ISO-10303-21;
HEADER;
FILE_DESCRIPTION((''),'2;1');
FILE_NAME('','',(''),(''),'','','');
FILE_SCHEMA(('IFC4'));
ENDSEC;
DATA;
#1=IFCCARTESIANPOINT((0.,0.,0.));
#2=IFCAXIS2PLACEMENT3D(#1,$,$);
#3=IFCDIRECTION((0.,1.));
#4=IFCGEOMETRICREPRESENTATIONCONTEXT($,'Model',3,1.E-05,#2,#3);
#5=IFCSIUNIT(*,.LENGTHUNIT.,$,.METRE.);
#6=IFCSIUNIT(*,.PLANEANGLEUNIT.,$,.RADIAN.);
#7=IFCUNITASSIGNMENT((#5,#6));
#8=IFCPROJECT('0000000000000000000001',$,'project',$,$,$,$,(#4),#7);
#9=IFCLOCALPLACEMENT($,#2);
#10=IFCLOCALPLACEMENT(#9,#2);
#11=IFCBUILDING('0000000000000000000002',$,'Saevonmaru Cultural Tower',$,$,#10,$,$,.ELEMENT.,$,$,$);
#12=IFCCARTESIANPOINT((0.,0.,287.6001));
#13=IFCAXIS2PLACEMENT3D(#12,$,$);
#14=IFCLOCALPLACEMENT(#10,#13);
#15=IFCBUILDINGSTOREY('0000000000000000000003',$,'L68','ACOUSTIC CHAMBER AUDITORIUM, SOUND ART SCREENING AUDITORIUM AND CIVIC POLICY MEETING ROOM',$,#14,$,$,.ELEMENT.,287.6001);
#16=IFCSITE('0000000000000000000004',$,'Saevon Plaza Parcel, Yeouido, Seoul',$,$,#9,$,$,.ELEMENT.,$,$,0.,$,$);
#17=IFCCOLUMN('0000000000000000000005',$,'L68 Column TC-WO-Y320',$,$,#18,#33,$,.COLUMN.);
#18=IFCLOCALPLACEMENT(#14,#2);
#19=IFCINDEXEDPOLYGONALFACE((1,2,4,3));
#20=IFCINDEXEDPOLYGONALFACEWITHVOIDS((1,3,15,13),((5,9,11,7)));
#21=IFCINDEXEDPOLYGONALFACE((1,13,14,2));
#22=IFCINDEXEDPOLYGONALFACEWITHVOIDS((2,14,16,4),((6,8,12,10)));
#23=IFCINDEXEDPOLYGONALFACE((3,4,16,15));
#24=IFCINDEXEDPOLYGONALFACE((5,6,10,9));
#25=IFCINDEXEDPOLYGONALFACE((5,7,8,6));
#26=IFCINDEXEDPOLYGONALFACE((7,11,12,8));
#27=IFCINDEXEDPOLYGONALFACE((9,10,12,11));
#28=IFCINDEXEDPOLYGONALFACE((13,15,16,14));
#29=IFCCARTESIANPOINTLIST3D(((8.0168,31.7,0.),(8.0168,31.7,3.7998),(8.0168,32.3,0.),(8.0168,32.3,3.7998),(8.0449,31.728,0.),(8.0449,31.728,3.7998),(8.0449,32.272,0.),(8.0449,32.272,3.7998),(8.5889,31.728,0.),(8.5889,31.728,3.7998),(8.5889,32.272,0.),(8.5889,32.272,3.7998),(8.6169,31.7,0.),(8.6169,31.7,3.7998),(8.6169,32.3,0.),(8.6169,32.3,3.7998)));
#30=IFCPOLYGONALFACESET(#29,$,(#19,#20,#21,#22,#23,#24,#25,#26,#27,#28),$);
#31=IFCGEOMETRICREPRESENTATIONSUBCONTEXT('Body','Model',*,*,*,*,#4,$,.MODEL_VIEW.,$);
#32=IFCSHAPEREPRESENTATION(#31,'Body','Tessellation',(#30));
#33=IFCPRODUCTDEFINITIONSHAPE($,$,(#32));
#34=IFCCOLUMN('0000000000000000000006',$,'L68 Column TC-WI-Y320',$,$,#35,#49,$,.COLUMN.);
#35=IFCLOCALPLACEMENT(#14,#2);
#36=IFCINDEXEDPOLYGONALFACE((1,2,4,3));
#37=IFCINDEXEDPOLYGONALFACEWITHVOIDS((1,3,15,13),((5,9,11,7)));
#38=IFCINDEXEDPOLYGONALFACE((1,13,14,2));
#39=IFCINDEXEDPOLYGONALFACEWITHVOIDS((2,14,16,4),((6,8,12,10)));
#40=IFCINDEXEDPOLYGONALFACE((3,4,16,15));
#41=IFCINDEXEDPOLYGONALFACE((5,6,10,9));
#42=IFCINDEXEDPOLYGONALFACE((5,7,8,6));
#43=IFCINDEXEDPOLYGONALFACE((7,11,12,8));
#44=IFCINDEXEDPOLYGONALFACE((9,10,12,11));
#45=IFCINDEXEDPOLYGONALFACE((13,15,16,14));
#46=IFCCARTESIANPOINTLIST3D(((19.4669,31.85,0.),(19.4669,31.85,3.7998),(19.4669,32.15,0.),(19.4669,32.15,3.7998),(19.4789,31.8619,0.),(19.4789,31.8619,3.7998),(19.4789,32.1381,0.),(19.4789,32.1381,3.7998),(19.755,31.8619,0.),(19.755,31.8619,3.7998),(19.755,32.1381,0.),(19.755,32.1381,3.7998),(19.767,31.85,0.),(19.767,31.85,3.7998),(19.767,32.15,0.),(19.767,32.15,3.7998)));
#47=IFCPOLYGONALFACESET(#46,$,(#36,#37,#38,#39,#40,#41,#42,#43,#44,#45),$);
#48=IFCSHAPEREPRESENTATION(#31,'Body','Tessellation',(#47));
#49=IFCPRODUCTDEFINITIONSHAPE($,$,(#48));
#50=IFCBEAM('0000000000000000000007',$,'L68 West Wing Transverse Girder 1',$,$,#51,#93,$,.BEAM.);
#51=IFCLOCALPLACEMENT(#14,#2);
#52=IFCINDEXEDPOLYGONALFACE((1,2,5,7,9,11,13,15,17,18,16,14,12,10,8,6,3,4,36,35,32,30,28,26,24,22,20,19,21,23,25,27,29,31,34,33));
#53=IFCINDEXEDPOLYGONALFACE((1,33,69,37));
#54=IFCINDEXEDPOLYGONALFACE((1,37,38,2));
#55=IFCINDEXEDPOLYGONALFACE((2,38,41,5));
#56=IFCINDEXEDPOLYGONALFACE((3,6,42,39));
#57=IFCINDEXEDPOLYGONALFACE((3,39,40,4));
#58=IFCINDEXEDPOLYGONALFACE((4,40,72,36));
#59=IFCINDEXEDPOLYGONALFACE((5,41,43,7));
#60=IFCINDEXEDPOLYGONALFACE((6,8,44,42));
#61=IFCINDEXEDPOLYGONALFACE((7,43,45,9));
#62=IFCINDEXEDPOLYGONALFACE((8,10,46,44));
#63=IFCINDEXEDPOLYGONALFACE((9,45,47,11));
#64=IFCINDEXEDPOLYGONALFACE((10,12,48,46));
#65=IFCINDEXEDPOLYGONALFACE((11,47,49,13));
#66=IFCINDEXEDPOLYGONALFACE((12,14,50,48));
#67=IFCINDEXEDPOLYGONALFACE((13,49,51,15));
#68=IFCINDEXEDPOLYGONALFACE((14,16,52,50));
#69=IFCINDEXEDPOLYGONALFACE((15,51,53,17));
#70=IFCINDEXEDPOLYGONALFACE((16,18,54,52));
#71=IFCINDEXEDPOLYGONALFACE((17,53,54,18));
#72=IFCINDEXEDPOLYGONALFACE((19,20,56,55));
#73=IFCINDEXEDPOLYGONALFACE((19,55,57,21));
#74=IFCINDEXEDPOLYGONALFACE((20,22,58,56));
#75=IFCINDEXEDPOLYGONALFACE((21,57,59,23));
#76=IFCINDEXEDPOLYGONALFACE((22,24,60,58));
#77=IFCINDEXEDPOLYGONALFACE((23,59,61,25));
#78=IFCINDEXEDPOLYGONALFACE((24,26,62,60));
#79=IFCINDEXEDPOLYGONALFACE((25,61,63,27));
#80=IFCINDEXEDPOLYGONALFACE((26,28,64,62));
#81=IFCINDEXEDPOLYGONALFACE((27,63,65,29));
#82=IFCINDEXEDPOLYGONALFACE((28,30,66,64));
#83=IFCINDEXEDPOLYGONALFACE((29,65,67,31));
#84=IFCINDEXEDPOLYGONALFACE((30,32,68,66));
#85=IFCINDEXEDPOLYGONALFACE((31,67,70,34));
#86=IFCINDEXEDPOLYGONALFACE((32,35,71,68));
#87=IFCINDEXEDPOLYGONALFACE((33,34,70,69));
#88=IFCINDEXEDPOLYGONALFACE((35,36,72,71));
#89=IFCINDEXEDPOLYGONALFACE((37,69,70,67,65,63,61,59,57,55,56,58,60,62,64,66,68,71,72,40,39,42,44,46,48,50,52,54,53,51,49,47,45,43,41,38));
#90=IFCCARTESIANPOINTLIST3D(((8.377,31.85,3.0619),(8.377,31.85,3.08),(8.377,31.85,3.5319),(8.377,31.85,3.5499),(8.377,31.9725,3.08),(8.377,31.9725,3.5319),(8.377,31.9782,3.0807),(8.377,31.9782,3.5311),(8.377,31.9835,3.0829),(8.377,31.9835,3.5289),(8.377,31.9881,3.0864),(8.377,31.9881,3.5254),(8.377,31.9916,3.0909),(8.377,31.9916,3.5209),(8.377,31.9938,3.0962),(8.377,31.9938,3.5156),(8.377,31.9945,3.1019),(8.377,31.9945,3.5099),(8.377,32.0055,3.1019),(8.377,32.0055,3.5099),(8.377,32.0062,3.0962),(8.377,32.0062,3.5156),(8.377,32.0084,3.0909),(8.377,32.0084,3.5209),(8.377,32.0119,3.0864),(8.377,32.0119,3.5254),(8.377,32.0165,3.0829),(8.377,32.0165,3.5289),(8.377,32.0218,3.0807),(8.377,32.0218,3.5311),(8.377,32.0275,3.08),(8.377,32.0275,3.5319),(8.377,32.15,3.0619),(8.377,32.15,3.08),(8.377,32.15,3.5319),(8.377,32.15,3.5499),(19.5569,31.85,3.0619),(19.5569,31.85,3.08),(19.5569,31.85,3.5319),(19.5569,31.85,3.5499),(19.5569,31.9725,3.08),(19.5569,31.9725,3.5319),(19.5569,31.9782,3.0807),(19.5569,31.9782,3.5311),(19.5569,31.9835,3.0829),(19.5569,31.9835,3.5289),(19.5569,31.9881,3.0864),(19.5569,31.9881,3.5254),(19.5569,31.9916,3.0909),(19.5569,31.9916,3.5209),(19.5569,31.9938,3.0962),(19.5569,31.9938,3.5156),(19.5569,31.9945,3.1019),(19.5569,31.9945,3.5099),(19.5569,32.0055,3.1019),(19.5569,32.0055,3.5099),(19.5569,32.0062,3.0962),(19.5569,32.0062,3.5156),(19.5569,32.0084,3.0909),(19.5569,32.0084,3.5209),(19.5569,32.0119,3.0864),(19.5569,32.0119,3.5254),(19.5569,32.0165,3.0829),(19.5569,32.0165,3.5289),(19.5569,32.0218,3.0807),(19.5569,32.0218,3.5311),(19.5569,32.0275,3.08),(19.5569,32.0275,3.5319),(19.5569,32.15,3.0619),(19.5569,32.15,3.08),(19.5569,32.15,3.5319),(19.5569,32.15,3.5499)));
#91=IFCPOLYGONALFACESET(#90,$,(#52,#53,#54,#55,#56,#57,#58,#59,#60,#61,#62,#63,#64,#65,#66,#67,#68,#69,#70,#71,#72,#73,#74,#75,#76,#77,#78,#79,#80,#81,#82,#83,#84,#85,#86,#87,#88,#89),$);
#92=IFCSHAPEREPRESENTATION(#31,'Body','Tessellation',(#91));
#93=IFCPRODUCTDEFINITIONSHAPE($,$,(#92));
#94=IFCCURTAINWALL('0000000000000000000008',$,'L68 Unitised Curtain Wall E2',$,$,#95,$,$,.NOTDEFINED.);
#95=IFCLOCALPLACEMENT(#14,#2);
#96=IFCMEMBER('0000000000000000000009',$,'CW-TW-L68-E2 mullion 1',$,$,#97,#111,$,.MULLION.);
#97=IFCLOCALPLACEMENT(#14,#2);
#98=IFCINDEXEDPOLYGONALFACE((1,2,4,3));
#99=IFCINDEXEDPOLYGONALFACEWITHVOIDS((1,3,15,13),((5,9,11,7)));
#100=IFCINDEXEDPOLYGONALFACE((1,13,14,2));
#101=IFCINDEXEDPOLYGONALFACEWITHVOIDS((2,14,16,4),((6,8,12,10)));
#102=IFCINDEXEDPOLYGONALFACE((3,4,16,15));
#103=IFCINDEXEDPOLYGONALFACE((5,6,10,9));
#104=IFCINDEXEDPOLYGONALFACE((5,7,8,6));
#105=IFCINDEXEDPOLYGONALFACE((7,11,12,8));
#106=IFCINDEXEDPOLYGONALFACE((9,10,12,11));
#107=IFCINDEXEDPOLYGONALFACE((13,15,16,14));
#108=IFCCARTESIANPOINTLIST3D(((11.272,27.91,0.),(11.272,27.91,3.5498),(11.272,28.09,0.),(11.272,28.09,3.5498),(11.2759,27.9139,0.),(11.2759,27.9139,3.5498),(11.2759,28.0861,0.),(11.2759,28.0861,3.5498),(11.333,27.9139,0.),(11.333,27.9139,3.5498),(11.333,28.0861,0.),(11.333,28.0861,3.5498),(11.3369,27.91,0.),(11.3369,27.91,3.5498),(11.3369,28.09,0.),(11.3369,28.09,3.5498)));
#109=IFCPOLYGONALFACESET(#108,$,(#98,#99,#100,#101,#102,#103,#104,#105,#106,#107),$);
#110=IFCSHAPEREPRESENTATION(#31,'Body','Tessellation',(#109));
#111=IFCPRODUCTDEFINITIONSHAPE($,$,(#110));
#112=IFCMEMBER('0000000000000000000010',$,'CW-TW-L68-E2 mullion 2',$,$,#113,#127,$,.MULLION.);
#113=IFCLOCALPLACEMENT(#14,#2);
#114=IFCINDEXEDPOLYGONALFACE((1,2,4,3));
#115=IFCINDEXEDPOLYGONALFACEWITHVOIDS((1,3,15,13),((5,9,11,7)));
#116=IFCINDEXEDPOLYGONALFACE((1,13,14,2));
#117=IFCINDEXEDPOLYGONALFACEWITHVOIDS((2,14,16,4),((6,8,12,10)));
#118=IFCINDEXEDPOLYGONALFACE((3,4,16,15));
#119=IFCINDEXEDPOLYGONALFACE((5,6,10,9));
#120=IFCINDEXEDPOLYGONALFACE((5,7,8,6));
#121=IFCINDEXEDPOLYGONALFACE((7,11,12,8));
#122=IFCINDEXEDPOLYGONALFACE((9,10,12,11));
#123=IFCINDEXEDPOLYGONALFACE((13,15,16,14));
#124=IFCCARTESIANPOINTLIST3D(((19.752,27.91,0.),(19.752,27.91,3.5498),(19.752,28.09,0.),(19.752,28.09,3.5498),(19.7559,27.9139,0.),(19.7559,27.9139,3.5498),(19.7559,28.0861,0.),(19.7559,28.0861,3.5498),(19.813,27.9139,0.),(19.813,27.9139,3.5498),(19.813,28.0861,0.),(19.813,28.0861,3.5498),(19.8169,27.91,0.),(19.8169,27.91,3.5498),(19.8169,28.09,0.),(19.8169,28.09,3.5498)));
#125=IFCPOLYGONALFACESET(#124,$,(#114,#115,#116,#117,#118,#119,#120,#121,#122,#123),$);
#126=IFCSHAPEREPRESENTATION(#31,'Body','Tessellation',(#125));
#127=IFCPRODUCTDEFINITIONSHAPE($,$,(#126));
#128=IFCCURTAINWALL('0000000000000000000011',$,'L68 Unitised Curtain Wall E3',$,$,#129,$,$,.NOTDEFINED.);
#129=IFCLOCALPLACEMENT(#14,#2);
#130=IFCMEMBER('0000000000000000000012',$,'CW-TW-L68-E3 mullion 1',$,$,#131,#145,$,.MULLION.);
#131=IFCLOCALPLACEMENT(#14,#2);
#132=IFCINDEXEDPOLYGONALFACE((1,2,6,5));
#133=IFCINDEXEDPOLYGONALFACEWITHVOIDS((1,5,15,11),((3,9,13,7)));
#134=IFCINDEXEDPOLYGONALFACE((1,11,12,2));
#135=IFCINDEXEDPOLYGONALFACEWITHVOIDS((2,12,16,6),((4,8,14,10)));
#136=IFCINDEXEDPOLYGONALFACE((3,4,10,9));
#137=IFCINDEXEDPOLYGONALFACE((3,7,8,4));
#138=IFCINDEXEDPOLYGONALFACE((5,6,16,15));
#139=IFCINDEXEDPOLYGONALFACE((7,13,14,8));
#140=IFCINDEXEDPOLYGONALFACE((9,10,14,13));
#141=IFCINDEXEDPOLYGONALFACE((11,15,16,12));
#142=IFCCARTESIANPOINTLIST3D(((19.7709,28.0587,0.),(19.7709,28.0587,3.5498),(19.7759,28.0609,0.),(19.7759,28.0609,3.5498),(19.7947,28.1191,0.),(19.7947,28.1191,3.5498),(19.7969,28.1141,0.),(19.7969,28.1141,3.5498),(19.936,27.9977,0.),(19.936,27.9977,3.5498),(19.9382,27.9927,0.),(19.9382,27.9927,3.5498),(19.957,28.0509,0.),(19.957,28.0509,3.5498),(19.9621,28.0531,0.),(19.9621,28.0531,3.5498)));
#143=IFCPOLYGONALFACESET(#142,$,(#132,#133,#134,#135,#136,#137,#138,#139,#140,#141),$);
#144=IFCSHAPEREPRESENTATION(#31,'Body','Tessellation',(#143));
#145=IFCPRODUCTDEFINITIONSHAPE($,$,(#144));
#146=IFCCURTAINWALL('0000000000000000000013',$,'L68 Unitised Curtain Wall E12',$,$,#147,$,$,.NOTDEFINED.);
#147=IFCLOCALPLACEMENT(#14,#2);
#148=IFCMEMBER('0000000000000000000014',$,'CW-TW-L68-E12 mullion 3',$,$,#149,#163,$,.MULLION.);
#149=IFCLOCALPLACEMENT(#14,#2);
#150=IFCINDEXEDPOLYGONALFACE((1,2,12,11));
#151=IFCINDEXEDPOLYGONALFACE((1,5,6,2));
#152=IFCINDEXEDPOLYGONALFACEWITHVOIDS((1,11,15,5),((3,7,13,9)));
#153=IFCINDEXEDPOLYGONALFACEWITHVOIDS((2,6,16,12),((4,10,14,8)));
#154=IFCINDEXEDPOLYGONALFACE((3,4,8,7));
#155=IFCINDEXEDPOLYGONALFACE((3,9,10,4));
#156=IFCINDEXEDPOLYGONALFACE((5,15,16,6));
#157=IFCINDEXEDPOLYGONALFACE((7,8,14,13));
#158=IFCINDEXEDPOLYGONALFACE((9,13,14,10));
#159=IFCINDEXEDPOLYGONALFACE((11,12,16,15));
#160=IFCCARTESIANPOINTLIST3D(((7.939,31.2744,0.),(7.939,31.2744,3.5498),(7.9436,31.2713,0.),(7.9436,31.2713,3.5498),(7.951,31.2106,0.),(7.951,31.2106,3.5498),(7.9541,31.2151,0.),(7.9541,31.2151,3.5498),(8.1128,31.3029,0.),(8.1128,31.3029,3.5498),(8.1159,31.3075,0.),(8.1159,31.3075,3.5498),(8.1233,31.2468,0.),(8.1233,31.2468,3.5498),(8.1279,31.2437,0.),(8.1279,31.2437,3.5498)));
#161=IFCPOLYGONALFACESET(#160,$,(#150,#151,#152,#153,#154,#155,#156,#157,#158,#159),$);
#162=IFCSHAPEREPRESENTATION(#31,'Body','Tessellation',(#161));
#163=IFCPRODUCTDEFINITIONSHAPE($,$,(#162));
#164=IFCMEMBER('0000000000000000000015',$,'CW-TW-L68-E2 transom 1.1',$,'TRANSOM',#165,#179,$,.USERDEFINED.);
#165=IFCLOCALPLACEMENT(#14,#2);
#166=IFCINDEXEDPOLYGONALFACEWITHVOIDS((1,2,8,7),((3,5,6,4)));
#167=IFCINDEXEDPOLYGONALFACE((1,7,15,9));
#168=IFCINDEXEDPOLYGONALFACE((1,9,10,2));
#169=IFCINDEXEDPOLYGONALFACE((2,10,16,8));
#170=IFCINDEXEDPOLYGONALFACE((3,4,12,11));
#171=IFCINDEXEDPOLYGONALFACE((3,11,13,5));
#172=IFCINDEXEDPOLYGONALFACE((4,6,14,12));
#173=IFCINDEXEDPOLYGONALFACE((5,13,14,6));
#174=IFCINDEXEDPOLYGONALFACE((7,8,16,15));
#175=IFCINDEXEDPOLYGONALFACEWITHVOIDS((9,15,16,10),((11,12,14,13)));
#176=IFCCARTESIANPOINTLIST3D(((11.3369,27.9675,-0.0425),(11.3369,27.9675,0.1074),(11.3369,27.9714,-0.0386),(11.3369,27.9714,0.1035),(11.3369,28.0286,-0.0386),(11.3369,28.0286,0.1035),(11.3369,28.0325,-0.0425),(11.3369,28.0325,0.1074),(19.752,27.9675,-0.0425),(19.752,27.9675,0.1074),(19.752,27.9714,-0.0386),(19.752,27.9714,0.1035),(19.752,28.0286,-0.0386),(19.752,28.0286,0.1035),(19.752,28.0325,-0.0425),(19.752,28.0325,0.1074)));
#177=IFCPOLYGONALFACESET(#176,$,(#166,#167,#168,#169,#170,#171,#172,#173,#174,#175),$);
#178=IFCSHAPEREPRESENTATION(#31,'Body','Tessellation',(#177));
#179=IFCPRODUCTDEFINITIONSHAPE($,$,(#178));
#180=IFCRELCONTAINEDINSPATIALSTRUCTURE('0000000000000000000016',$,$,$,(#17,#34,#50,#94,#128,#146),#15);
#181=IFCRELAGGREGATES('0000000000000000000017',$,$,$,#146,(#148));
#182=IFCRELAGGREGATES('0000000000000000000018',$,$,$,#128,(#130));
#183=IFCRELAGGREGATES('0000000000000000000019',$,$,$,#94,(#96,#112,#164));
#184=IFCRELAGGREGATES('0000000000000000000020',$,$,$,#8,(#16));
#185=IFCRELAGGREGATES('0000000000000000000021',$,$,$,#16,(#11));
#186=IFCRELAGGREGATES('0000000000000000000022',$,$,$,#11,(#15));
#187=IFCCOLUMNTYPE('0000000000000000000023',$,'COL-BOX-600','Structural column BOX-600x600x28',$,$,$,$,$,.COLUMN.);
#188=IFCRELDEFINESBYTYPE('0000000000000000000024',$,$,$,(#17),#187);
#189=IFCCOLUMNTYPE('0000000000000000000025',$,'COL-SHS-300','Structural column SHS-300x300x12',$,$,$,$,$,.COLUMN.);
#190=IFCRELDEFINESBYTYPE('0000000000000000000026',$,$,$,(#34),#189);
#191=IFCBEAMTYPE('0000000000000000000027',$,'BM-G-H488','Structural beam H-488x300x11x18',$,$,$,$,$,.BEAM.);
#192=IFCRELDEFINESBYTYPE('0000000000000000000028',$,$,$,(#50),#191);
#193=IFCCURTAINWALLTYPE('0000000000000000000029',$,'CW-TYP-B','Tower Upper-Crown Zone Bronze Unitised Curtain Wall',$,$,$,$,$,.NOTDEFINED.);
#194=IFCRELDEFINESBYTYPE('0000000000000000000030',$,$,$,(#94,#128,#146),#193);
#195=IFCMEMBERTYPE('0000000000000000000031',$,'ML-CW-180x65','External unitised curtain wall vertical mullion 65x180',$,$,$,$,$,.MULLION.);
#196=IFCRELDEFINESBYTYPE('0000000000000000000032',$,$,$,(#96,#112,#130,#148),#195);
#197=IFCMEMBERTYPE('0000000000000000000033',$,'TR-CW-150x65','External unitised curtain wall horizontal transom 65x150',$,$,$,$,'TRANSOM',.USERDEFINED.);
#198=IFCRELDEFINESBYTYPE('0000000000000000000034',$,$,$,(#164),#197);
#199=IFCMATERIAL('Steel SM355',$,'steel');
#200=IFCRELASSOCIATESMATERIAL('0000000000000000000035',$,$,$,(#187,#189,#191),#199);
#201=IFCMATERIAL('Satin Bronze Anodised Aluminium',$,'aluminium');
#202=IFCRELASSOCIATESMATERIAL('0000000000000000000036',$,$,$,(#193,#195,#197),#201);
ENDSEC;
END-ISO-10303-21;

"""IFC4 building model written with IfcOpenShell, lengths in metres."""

from ifc_helpers import new_model, si_unit, direction, frame, origin, origin_2d, place, context, subcontext, project, spatial, hollow_rectangle, i_section, extrude, material, material_profile, profile_set, type_object, element, aggregate, save


model = new_model("IFC4")

# Units and contexts
model_context = context("Model", 3, precision=1e-05, world=origin(), true_north=direction((0.0, 1.0)))
body_context = subcontext(model_context, "Body", "Model", "MODEL_VIEW")
ifc_project = project(units=[si_unit("LENGTHUNIT", "METRE"), si_unit("PLANEANGLEUNIT", "RADIAN")], contexts=[model_context])

# Site, building, storey
site_placement = place(None, origin())
site = spatial("IfcSite", under=ifc_project, at=site_placement, Name="Saevon Plaza Parcel, Yeouido, Seoul", CompositionType="ELEMENT", RefElevation=0.0)
building_placement = place(site_placement, origin())
building = spatial("IfcBuilding", under=site, at=building_placement, Name="Saevonmaru Cultural Tower", CompositionType="ELEMENT")
storey_placement = place(building_placement, frame((0.0, 0.0, 287.6001)))
storey = spatial("IfcBuildingStorey", under=building, at=storey_placement, Name="L68", Description="ACOUSTIC CHAMBER AUDITORIUM, SOUND ART SCREENING AUDITORIUM AND CIVIC POLICY MEETING ROOM", CompositionType="ELEMENT", Elevation=287.6001)

# Columns
ifc_material_1 = material(Name="Steel SM355", Category="steel")
ifc_material_profile_1 = material_profile(ifc_material_1, hollow_rectangle(XDim=0.6001, YDim=0.6001, WallThickness=0.0281, at=origin_2d()), Name="BOX-600x600x28")
ifc_profile_set_1 = profile_set([ifc_material_profile_1], Name="Steel SM355")
column_type_1 = type_object("IfcColumnType", Name="COL-BOX-600", Description="Structural column BOX-600x600x28", PredefinedType="COLUMN", material=ifc_profile_set_1)
column_1_placement = place(storey_placement, frame((8.3169, 32.0, 0.0), z_axis=(0.0, 0.0, 1.0), x_axis=(1.0, 0.0, 0.0)))
element("IfcColumn", 1, at=column_1_placement, inside=storey, type_object=column_type_1, Name="L68 Column TC-WO-Y320", PredefinedType="COLUMN", context=body_context, shape_type="SweptSolid", body=[
    extrude(hollow_rectangle(XDim=0.6001, YDim=0.6001, WallThickness=0.0281, at=origin_2d()), origin(), (0.0, 0.0, 1.0), 3.7998),
])
ifc_material_profile_2 = material_profile(ifc_material_1, hollow_rectangle(XDim=0.3, YDim=0.3, WallThickness=0.012, at=origin_2d()), Name="SHS-300x300x12")
ifc_profile_set_2 = profile_set([ifc_material_profile_2], Name="Steel SM355")
column_type_2 = type_object("IfcColumnType", Name="COL-SHS-300", Description="Structural column SHS-300x300x12", PredefinedType="COLUMN", material=ifc_profile_set_2)
column_2_placement = place(storey_placement, frame((19.6169, 32.0, 0.0), z_axis=(0.0, 0.0, 1.0), x_axis=(1.0, 0.0, 0.0)))
element("IfcColumn", 2, at=column_2_placement, inside=storey, type_object=column_type_2, Name="L68 Column TC-WI-Y320", PredefinedType="COLUMN", context=body_context, shape_type="SweptSolid", body=[
    extrude(hollow_rectangle(XDim=0.3, YDim=0.3, WallThickness=0.012, at=origin_2d()), origin(), (0.0, 0.0, 1.0), 3.7998),
])

# Beam
ifc_material_profile_3 = material_profile(ifc_material_1, i_section(OverallWidth=0.3, OverallDepth=0.488, WebThickness=0.011, FlangeThickness=0.0181, FilletRadius=0.022, at=origin_2d()), Name="H-488x300x11x18")
ifc_profile_set_3 = profile_set([ifc_material_profile_3], Name="Steel SM355")
beam_type = type_object("IfcBeamType", Name="BM-G-H488", Description="Structural beam H-488x300x11x18", PredefinedType="BEAM", material=ifc_profile_set_3)
beam_placement = place(storey_placement, frame((8.377, 32.0, 3.3059), z_axis=(1.0, 0.0, 0.0), x_axis=(0.0, 1.0, 0.0)))
element("IfcBeam", 3, at=beam_placement, inside=storey, type_object=beam_type, Name="L68 West Wing Transverse Girder 1", PredefinedType="BEAM", context=body_context, shape_type="SweptSolid", body=[
    extrude(i_section(OverallWidth=0.3, OverallDepth=0.488, WebThickness=0.011, FlangeThickness=0.0181, FilletRadius=0.022, at=origin_2d()), origin(), (0.0, 0.0, 1.0), 11.1799),
])

# Curtain wall, members
ifc_material_2 = material(Name="Satin Bronze Anodised Aluminium", Category="aluminium")
curtain_wall_type = type_object("IfcCurtainWallType", Name="CW-TYP-B", Description="Tower Upper-Crown Zone Bronze Unitised Curtain Wall", PredefinedType="NOTDEFINED", material=ifc_material_2)
curtain_wall_1_placement = place(storey_placement, origin())
curtain_wall_1 = element("IfcCurtainWall", 4, at=curtain_wall_1_placement, inside=storey, type_object=curtain_wall_type, Name="L68 Unitised Curtain Wall E2", PredefinedType="NOTDEFINED")
ifc_material_profile_4 = material_profile(ifc_material_2, hollow_rectangle(XDim=0.0649, YDim=0.1799, WallThickness=0.0039, at=origin_2d()), Name="ALU-MULL-180x65x4")
ifc_profile_set_4 = profile_set([ifc_material_profile_4], Name="Satin Bronze Anodised Aluminium")
member_type_1 = type_object("IfcMemberType", Name="ML-CW-180x65", Description="External unitised curtain wall vertical mullion 65x180", PredefinedType="MULLION", material=ifc_profile_set_4)
member_1_placement = place(storey_placement, frame((11.3044, 28.0, 0.0), z_axis=(0.0, 0.0, 1.0), x_axis=(1.0, 0.0, 0.0)))
member_1 = element("IfcMember", 5, at=member_1_placement, type_object=member_type_1, Name="CW-TW-L68-E2 mullion 1", PredefinedType="MULLION", context=body_context, shape_type="SweptSolid", body=[
    extrude(hollow_rectangle(XDim=0.0649, YDim=0.1799, WallThickness=0.0039, at=origin_2d()), origin(), (0.0, 0.0, 1.0), 3.5498),
])
member_2_placement = place(storey_placement, frame((19.7844, 28.0, 0.0), z_axis=(0.0, 0.0, 1.0), x_axis=(1.0, 0.0, 0.0)))
member_2 = element("IfcMember", 6, at=member_2_placement, type_object=member_type_1, Name="CW-TW-L68-E2 mullion 2", PredefinedType="MULLION", context=body_context, shape_type="SweptSolid", body=[
    extrude(hollow_rectangle(XDim=0.0649, YDim=0.1799, WallThickness=0.0039, at=origin_2d()), origin(), (0.0, 0.0, 1.0), 3.5498),
])

# Curtain walls, members
curtain_wall_2_placement = place(storey_placement, origin())
curtain_wall_2 = element("IfcCurtainWall", 7, at=curtain_wall_2_placement, inside=storey, type_object=curtain_wall_type, Name="L68 Unitised Curtain Wall E3", PredefinedType="NOTDEFINED")
member_3_placement = place(storey_placement, frame((19.8665, 28.0559, 0.0), z_axis=(0.0, 0.0, 1.0), x_axis=(0.367172, 0.930153, 0.0)))
member_3 = element("IfcMember", 8, at=member_3_placement, type_object=member_type_1, Name="CW-TW-L68-E3 mullion 1", PredefinedType="MULLION", context=body_context, shape_type="SweptSolid", body=[
    extrude(hollow_rectangle(XDim=0.0649, YDim=0.1799, WallThickness=0.0039, at=origin_2d()), origin(), (0.0, 0.0, 1.0), 3.5498),
])
curtain_wall_3_placement = place(storey_placement, origin())
curtain_wall_3 = element("IfcCurtainWall", 9, at=curtain_wall_3_placement, inside=storey, type_object=curtain_wall_type, Name="L68 Unitised Curtain Wall E12", PredefinedType="NOTDEFINED")
member_4_placement = place(storey_placement, frame((8.0334, 31.259, 0.0), z_axis=(0.0, 0.0, 1.0), x_axis=(0.184047, -0.982918, 0.0)))
member_4 = element("IfcMember", 10, at=member_4_placement, type_object=member_type_1, Name="CW-TW-L68-E12 mullion 3", PredefinedType="MULLION", context=body_context, shape_type="SweptSolid", body=[
    extrude(hollow_rectangle(XDim=0.0649, YDim=0.1799, WallThickness=0.0039, at=origin_2d()), origin(), (0.0, 0.0, 1.0), 3.5498),
])
aggregate(curtain_wall_3, [member_4])

# Member
ifc_material_profile_5 = material_profile(ifc_material_2, hollow_rectangle(XDim=0.0649, YDim=0.1499, WallThickness=0.0039, at=origin_2d()), Name="ALU-TRAN-150x65x4")
ifc_profile_set_5 = profile_set([ifc_material_profile_5], Name="Satin Bronze Anodised Aluminium")
member_type_2 = type_object("IfcMemberType", Name="TR-CW-150x65", Description="External unitised curtain wall horizontal transom 65x150", ElementType="TRANSOM", PredefinedType="USERDEFINED", material=ifc_profile_set_5)
member_5_placement = place(storey_placement, frame((11.3369, 28.0, 0.0325), z_axis=(1.0, 0.0, 0.0), x_axis=(0.0, 1.0, 0.0)))
member_5 = element("IfcMember", 11, at=member_5_placement, type_object=member_type_2, Name="CW-TW-L68-E2 transom 1.1", ObjectType="TRANSOM", PredefinedType="USERDEFINED", context=body_context, shape_type="SweptSolid", body=[
    extrude(hollow_rectangle(XDim=0.0649, YDim=0.1499, WallThickness=0.0039, at=origin_2d()), origin(), (0.0, 0.0, 1.0), 8.415),
])
aggregate(curtain_wall_2, [member_3])

aggregate(curtain_wall_1, [member_1, member_2, member_5])

save(model, "model.ifc")
